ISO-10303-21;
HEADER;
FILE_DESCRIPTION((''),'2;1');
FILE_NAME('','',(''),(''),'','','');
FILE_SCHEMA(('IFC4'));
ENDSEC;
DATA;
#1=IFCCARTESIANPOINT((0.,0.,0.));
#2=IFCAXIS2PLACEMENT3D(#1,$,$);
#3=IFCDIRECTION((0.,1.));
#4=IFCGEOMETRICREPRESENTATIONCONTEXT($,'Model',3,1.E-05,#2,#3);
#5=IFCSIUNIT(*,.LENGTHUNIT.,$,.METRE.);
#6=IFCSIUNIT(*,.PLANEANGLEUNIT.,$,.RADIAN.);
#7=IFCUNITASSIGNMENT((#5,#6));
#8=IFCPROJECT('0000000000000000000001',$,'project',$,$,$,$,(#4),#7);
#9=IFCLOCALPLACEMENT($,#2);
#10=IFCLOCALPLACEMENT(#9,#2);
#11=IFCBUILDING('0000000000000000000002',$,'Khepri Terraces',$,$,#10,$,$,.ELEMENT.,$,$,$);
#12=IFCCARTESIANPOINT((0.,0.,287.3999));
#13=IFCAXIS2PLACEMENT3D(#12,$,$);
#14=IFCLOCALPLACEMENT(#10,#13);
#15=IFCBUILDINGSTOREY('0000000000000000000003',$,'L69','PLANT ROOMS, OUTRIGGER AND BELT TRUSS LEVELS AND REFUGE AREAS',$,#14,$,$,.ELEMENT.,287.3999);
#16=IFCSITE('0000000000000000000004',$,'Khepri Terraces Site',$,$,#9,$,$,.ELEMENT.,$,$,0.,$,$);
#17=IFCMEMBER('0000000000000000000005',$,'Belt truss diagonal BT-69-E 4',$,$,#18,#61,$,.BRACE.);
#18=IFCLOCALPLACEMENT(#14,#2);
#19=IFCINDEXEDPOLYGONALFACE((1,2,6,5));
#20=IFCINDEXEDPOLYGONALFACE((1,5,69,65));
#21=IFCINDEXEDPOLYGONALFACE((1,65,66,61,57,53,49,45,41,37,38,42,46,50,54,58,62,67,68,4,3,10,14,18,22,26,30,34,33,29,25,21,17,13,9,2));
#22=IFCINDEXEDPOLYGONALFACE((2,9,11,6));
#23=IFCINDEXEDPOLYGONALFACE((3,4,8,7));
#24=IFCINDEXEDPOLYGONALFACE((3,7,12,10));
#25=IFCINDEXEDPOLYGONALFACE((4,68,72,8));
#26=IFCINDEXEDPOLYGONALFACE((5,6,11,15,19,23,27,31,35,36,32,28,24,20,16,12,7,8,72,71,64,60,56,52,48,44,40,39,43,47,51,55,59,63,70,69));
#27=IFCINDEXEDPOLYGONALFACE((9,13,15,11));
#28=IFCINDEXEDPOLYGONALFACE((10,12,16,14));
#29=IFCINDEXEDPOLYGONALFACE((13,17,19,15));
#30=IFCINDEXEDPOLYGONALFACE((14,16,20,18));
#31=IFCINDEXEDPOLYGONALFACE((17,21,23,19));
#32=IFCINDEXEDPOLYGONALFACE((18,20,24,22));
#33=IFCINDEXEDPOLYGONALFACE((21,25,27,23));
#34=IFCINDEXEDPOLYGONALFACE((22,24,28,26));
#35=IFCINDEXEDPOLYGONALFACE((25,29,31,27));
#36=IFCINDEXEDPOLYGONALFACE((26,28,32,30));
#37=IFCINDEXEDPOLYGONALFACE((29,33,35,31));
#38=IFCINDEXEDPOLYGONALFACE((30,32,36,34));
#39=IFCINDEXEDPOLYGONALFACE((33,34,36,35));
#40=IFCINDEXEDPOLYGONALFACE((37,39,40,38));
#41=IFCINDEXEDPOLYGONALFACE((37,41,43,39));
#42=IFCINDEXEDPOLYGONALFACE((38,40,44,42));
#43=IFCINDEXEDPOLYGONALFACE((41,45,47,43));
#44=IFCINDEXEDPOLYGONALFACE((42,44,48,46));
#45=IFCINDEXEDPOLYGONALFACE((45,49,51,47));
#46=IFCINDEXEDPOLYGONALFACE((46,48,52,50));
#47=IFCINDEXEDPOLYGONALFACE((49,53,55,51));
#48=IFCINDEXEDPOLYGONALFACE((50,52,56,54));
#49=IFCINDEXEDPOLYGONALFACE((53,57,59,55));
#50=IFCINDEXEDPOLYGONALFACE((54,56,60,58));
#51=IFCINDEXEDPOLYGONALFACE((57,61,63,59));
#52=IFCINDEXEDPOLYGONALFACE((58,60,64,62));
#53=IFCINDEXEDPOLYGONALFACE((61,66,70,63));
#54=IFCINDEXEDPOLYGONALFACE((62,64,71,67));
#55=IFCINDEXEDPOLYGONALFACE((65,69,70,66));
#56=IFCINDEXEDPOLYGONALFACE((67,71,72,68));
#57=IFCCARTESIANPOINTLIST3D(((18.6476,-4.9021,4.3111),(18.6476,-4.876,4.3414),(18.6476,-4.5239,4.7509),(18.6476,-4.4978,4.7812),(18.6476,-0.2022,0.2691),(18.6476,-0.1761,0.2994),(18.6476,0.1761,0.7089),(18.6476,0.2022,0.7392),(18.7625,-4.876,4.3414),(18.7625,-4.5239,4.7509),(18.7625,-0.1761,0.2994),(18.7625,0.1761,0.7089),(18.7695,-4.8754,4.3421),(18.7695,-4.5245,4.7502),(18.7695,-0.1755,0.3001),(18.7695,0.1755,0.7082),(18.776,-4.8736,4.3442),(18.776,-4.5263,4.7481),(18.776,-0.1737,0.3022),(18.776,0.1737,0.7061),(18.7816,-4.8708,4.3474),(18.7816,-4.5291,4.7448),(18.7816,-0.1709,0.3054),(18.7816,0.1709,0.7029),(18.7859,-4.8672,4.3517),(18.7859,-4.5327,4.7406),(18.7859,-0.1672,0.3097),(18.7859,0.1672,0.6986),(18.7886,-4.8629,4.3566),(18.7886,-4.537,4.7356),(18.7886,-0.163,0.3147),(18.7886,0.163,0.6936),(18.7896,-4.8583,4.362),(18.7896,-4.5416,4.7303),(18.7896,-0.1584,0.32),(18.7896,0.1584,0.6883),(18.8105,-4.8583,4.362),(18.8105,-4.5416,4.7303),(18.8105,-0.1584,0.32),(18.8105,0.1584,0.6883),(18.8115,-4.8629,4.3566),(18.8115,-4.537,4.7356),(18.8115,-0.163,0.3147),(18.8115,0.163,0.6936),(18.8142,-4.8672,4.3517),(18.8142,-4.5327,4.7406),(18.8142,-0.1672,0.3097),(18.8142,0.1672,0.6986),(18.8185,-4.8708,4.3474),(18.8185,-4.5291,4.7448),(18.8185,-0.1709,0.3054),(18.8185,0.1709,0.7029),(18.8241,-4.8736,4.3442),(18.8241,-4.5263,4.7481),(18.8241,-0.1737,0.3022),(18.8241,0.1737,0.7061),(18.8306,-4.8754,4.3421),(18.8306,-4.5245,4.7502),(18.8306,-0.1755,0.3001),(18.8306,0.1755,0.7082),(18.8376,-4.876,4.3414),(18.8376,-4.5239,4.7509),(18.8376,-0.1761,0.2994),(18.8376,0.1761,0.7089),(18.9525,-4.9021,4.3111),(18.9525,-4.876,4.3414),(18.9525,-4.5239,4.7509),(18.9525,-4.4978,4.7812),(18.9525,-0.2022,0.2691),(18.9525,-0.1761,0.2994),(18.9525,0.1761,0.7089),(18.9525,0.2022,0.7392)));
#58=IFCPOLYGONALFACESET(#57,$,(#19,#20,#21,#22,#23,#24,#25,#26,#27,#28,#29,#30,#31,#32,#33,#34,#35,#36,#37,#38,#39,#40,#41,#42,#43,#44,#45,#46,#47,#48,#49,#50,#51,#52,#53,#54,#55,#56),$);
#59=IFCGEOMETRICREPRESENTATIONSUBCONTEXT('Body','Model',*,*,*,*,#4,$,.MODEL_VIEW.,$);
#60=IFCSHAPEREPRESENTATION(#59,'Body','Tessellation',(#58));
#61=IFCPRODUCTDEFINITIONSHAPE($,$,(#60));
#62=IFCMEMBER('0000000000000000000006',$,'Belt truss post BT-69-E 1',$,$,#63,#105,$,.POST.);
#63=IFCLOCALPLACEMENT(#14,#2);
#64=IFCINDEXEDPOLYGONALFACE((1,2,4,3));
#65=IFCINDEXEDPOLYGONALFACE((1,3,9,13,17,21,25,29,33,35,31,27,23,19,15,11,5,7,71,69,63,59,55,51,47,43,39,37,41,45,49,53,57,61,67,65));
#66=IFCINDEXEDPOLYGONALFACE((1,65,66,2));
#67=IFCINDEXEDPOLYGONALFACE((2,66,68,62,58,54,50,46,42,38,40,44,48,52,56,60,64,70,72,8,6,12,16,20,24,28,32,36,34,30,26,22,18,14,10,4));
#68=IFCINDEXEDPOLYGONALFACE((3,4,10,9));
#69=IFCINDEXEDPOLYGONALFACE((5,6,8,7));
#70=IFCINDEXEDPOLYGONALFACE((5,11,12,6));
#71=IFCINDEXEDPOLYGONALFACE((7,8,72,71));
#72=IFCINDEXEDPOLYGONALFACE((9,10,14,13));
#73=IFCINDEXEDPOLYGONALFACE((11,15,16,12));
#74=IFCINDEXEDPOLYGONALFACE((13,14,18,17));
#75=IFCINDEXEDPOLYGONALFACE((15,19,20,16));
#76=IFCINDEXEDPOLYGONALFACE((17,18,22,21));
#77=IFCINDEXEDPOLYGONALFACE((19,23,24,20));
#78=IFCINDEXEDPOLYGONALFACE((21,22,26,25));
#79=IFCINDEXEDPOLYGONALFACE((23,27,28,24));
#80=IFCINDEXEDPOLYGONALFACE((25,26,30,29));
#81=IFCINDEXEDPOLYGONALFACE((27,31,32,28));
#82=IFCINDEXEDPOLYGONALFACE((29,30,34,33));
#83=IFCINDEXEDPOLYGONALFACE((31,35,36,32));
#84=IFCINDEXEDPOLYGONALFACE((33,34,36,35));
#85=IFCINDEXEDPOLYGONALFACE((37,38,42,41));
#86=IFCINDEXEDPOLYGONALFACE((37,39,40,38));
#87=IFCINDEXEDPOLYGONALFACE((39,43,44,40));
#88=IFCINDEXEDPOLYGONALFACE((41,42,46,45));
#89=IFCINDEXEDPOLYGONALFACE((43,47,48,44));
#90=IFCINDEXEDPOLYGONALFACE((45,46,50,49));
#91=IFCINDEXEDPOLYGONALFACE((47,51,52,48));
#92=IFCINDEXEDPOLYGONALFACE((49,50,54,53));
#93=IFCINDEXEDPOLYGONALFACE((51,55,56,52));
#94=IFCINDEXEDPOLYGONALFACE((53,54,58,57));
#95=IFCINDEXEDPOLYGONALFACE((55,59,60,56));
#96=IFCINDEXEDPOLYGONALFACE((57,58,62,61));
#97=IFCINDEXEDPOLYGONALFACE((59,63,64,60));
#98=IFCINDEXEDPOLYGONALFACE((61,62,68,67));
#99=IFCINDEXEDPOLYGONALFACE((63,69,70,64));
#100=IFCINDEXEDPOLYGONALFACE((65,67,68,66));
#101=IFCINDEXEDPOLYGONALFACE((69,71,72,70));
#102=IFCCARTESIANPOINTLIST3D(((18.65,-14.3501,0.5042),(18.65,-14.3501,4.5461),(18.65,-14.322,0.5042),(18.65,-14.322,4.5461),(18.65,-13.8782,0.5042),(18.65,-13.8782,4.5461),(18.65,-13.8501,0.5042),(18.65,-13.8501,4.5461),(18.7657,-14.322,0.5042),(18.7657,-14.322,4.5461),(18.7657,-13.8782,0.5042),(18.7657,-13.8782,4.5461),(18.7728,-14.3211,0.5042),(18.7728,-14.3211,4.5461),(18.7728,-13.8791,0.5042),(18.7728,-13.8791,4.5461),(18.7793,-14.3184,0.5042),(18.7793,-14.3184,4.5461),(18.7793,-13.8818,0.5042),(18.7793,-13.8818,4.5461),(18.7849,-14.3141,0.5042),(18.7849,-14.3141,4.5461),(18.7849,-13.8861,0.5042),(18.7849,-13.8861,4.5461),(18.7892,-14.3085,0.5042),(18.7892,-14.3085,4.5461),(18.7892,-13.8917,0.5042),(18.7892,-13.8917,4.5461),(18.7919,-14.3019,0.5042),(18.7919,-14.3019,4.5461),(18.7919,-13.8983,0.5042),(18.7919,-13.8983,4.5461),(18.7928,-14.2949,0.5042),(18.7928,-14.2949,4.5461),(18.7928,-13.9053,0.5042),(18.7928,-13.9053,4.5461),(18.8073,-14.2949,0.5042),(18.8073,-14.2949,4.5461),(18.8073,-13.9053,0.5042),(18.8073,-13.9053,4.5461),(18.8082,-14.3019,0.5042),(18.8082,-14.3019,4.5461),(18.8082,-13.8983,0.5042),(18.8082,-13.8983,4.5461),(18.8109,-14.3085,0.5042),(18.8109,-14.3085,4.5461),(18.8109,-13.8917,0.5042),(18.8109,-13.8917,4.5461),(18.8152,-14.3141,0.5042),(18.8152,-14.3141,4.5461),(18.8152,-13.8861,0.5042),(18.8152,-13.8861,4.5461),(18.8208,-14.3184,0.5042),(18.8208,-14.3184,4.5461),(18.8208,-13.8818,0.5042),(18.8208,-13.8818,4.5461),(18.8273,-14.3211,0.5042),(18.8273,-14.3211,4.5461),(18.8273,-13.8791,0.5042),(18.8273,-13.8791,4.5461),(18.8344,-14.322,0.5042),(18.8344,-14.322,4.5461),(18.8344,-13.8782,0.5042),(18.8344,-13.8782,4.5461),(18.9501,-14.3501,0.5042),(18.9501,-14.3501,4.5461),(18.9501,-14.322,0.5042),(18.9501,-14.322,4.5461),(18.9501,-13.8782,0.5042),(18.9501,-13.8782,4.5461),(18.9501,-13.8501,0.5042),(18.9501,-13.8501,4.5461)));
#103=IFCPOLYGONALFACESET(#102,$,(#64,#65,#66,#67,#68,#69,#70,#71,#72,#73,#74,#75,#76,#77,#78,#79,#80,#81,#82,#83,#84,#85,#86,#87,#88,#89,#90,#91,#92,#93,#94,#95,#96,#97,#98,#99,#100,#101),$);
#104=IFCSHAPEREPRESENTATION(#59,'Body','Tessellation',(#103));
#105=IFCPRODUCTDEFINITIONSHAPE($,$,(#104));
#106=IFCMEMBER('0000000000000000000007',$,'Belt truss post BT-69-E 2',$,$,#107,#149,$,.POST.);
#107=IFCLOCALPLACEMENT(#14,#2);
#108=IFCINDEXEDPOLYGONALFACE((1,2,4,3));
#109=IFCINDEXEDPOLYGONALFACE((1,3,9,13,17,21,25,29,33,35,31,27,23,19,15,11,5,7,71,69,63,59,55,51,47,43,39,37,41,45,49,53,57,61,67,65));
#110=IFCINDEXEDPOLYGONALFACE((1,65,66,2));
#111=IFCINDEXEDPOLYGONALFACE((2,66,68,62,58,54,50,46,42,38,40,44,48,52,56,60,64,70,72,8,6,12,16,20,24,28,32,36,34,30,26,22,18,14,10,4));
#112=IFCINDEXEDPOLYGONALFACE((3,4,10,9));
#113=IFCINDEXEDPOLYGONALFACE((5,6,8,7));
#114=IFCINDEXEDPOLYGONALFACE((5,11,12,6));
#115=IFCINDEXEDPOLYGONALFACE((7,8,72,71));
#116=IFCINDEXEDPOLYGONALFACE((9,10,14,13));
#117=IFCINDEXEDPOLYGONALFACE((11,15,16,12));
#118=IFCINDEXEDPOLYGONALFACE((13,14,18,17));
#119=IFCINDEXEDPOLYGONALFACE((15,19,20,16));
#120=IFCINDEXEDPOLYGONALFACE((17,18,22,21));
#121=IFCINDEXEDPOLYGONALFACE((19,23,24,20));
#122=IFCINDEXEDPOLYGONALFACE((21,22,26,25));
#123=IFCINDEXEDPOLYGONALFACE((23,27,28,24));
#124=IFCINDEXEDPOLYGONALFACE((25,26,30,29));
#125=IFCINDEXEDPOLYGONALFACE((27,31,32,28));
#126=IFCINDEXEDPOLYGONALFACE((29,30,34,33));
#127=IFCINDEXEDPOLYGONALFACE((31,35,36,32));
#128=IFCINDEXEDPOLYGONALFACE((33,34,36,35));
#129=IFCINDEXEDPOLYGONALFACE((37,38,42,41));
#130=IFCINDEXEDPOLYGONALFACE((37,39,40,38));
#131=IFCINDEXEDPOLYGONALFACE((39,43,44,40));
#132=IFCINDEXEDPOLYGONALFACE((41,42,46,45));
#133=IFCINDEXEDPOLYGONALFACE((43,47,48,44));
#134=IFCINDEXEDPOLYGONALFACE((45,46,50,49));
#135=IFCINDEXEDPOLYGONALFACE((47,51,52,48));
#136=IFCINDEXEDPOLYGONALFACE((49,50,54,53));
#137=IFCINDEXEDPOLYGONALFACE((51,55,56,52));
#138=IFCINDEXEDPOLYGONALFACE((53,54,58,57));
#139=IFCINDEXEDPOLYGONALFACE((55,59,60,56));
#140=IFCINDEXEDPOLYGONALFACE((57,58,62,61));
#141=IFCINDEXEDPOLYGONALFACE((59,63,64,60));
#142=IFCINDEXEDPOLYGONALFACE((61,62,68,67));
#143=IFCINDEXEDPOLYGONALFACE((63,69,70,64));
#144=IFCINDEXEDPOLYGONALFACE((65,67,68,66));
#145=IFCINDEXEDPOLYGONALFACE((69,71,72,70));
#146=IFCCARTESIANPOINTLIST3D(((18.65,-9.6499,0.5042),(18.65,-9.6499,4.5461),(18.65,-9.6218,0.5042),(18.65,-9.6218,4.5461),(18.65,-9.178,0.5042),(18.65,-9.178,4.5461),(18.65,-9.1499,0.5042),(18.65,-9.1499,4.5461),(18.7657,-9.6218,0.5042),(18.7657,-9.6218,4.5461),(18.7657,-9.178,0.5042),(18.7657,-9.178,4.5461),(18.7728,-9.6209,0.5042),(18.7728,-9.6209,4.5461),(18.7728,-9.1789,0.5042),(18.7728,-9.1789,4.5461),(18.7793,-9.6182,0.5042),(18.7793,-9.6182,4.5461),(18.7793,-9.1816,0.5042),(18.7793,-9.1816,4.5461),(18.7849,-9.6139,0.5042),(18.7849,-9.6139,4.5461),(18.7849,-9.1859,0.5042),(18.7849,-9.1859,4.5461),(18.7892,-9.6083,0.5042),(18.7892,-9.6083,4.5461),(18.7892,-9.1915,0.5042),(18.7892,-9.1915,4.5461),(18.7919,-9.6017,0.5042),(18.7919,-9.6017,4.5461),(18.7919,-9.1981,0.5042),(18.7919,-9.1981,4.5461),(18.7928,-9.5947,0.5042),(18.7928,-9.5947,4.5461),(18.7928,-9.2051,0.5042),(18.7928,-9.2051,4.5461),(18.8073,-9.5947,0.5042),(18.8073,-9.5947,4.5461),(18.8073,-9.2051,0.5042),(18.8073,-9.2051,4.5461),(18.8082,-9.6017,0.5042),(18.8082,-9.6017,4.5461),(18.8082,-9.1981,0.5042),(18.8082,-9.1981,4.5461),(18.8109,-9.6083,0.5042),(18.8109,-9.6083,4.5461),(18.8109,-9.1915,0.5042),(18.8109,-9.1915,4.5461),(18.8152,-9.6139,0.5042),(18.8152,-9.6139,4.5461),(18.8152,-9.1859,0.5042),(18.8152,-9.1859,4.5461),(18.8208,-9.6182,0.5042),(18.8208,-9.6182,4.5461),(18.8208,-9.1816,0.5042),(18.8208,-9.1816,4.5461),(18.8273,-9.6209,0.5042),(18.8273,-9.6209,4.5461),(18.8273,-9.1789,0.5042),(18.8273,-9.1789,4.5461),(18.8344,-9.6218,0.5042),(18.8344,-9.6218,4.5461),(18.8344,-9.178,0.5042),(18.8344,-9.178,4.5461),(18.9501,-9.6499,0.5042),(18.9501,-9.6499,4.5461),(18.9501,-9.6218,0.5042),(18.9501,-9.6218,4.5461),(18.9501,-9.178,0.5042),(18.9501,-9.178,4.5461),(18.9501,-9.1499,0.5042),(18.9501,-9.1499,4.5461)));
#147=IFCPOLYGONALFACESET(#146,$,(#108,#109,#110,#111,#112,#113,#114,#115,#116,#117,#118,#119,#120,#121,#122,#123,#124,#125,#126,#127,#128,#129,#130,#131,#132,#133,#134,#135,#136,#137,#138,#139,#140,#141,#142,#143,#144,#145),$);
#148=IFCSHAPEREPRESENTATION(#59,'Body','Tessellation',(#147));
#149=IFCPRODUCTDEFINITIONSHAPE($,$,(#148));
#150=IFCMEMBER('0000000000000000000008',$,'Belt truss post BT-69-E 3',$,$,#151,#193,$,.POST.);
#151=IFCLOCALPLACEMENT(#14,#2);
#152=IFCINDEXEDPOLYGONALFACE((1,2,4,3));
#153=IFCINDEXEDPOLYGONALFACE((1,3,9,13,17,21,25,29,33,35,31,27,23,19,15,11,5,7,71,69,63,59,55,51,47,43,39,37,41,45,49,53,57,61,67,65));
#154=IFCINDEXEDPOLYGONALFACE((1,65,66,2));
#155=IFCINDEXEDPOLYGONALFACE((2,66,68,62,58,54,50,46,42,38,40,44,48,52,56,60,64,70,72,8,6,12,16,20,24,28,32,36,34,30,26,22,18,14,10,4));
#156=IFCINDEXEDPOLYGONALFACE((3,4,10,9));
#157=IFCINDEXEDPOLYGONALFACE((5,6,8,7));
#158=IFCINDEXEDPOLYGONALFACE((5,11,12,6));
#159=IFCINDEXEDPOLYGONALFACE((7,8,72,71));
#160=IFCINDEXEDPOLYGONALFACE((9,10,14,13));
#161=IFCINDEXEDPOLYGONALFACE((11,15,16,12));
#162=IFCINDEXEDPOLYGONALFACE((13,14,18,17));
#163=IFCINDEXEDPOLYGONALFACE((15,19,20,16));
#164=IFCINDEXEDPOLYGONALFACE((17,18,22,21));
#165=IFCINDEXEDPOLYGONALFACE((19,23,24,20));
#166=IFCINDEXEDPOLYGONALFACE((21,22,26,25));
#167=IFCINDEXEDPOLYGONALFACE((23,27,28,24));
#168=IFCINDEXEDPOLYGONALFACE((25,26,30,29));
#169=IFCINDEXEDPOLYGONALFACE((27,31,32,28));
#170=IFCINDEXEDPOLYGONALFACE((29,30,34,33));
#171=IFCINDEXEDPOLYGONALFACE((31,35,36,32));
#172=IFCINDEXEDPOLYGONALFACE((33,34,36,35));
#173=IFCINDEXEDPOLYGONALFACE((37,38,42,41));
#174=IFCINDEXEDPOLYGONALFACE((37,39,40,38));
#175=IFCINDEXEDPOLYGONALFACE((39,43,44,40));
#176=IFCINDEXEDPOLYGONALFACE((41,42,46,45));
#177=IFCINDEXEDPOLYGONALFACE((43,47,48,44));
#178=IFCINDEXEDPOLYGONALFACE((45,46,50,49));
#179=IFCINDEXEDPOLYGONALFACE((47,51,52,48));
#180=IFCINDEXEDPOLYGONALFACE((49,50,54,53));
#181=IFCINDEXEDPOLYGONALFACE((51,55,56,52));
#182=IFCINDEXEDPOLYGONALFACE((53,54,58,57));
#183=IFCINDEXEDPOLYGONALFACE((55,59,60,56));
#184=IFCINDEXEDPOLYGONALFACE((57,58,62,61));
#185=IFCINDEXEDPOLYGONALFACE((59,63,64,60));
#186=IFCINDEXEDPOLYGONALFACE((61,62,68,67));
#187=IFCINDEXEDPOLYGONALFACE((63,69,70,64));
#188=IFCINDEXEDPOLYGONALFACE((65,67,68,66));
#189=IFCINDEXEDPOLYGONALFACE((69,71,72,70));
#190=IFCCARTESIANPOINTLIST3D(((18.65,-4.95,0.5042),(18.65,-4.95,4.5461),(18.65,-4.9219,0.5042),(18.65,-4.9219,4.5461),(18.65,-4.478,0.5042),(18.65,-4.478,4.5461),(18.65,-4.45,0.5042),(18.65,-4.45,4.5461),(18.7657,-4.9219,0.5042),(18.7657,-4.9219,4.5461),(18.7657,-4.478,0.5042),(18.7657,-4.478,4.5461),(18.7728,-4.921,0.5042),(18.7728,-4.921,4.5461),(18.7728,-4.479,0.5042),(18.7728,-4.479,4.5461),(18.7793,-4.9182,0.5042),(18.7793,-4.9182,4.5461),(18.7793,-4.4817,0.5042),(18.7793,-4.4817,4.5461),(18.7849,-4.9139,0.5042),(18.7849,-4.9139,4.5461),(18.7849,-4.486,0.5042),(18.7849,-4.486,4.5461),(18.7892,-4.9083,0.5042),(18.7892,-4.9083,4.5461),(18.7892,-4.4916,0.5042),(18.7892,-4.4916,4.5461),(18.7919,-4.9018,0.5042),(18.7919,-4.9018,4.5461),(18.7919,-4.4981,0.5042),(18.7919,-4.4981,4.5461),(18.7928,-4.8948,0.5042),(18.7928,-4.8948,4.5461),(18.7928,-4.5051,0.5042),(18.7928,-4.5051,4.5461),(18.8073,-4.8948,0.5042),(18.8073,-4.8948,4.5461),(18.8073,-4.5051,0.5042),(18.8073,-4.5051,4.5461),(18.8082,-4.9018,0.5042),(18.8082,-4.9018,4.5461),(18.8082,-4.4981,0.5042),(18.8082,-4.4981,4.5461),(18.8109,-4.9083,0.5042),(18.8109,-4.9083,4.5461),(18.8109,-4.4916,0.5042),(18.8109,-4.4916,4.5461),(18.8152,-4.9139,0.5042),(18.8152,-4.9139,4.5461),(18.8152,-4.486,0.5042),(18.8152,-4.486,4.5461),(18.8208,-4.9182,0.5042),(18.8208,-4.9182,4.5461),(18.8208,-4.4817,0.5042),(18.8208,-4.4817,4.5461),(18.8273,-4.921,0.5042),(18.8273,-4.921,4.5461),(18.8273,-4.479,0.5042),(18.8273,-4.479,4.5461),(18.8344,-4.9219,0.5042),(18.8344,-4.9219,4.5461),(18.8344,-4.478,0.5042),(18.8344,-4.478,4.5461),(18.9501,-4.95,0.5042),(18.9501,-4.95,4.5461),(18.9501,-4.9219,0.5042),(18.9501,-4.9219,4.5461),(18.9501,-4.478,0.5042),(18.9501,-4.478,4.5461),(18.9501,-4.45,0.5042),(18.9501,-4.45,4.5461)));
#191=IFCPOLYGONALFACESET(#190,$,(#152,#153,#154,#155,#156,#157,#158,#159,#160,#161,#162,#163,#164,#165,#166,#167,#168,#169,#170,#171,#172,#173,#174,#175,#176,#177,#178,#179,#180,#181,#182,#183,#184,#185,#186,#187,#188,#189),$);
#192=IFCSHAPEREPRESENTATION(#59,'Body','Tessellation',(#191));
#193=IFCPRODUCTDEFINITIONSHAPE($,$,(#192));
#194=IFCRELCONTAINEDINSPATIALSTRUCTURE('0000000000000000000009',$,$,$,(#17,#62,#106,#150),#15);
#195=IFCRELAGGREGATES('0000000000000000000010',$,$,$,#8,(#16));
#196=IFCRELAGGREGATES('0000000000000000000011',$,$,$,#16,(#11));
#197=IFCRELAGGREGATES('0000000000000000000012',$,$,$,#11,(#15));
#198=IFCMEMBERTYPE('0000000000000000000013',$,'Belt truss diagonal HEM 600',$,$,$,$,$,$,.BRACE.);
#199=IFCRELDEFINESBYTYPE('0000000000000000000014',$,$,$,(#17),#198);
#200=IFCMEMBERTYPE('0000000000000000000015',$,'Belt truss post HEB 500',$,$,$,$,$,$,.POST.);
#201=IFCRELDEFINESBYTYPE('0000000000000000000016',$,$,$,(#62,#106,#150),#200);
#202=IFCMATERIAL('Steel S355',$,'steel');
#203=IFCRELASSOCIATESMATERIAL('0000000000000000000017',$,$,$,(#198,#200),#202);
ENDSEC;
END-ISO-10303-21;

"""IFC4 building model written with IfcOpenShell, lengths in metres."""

from ifc_helpers import new_model, si_unit, direction, frame, origin, origin_2d, place, context, subcontext, project, spatial, i_section, extrude, material, material_profile, profile_set, type_object, element, save


model = new_model("IFC4")

# Units and contexts
model_context = context("Model", 3, precision=1e-05, world=origin(), true_north=direction((0.0, 1.0)))
body_context = subcontext(model_context, "Body", "Model", "MODEL_VIEW")
ifc_project = project(units=[si_unit("LENGTHUNIT", "METRE"), si_unit("PLANEANGLEUNIT", "RADIAN")], contexts=[model_context])

# Site, building, storey
site_placement = place(None, origin())
site = spatial("IfcSite", under=ifc_project, at=site_placement, Name="Khepri Terraces Site", CompositionType="ELEMENT", RefElevation=0.0)
building_placement = place(site_placement, origin())
building = spatial("IfcBuilding", under=site, at=building_placement, Name="Khepri Terraces", CompositionType="ELEMENT")
storey_placement = place(building_placement, frame((0.0, 0.0, 287.3999)))
storey = spatial("IfcBuildingStorey", under=building, at=storey_placement, Name="L69", Description="PLANT ROOMS, OUTRIGGER AND BELT TRUSS LEVELS AND REFUGE AREAS", CompositionType="ELEMENT", Elevation=287.3999)

# Members
ifc_material_1 = material(Name="Steel S355", Category="steel")
ifc_material_profile_1 = material_profile(ifc_material_1, i_section(OverallWidth=0.3049, OverallDepth=0.6201, WebThickness=0.021, FlangeThickness=0.04, FilletRadius=0.0271, at=origin_2d()), Name="Steel S355", Category="steel")
ifc_profile_set_1 = profile_set([ifc_material_profile_1], Name="Steel S355")
member_type_1 = type_object("IfcMemberType", Name="Belt truss diagonal HEM 600", PredefinedType="BRACE", material=ifc_profile_set_1)
for number, where, z_axis, x_axis, name in (
    (1, (18.8, -4.7, 4.5461), (0.0, 0.758182, -0.652042), (-1.0, 0.0, 0.0), "Belt truss diagonal BT-69-E 4"),
):
    element("IfcMember", number, at=place(storey_placement, frame(where, z_axis=z_axis, x_axis=x_axis)), inside=storey, type_object=member_type_1, Name=name, PredefinedType="BRACE", context=body_context, shape_type="SweptSolid", body=[
        extrude(i_section(OverallWidth=0.3049, OverallDepth=0.6201, WebThickness=0.021, FlangeThickness=0.04, FilletRadius=0.0271, at=origin_2d()), origin(), (0.0, 0.0, 1.0), 6.199),
    ])
ifc_material_profile_2 = material_profile(ifc_material_1, i_section(OverallWidth=0.3, OverallDepth=0.5, WebThickness=0.0144, FlangeThickness=0.0281, FilletRadius=0.0271, at=origin_2d()), Name="Steel S355", Category="steel")
ifc_profile_set_2 = profile_set([ifc_material_profile_2], Name="Steel S355")
member_type_2 = type_object("IfcMemberType", Name="Belt truss post HEB 500", PredefinedType="POST", material=ifc_profile_set_2)
for number, where, z_axis, x_axis, name in (
    (2, (18.8, -14.1001, 0.5042), (0.0, 0.0, 1.0), (1.0, 0.0, 0.0), "Belt truss post BT-69-E 1"),
    (3, (18.8, -9.3999, 0.5042), (0.0, 0.0, 1.0), (1.0, 0.0, 0.0), "Belt truss post BT-69-E 2"),
    (4, (18.8, -4.7, 0.5042), (0.0, 0.0, 1.0), (1.0, 0.0, 0.0), "Belt truss post BT-69-E 3"),
):
    element("IfcMember", number, at=place(storey_placement, frame(where, z_axis=z_axis, x_axis=x_axis)), inside=storey, type_object=member_type_2, Name=name, PredefinedType="POST", context=body_context, shape_type="SweptSolid", body=[
        extrude(i_section(OverallWidth=0.3, OverallDepth=0.5, WebThickness=0.0144, FlangeThickness=0.0281, FilletRadius=0.0271, at=origin_2d()), origin(), (0.0, 0.0, 1.0), 4.042),
    ])

save(model, "model.ifc")
